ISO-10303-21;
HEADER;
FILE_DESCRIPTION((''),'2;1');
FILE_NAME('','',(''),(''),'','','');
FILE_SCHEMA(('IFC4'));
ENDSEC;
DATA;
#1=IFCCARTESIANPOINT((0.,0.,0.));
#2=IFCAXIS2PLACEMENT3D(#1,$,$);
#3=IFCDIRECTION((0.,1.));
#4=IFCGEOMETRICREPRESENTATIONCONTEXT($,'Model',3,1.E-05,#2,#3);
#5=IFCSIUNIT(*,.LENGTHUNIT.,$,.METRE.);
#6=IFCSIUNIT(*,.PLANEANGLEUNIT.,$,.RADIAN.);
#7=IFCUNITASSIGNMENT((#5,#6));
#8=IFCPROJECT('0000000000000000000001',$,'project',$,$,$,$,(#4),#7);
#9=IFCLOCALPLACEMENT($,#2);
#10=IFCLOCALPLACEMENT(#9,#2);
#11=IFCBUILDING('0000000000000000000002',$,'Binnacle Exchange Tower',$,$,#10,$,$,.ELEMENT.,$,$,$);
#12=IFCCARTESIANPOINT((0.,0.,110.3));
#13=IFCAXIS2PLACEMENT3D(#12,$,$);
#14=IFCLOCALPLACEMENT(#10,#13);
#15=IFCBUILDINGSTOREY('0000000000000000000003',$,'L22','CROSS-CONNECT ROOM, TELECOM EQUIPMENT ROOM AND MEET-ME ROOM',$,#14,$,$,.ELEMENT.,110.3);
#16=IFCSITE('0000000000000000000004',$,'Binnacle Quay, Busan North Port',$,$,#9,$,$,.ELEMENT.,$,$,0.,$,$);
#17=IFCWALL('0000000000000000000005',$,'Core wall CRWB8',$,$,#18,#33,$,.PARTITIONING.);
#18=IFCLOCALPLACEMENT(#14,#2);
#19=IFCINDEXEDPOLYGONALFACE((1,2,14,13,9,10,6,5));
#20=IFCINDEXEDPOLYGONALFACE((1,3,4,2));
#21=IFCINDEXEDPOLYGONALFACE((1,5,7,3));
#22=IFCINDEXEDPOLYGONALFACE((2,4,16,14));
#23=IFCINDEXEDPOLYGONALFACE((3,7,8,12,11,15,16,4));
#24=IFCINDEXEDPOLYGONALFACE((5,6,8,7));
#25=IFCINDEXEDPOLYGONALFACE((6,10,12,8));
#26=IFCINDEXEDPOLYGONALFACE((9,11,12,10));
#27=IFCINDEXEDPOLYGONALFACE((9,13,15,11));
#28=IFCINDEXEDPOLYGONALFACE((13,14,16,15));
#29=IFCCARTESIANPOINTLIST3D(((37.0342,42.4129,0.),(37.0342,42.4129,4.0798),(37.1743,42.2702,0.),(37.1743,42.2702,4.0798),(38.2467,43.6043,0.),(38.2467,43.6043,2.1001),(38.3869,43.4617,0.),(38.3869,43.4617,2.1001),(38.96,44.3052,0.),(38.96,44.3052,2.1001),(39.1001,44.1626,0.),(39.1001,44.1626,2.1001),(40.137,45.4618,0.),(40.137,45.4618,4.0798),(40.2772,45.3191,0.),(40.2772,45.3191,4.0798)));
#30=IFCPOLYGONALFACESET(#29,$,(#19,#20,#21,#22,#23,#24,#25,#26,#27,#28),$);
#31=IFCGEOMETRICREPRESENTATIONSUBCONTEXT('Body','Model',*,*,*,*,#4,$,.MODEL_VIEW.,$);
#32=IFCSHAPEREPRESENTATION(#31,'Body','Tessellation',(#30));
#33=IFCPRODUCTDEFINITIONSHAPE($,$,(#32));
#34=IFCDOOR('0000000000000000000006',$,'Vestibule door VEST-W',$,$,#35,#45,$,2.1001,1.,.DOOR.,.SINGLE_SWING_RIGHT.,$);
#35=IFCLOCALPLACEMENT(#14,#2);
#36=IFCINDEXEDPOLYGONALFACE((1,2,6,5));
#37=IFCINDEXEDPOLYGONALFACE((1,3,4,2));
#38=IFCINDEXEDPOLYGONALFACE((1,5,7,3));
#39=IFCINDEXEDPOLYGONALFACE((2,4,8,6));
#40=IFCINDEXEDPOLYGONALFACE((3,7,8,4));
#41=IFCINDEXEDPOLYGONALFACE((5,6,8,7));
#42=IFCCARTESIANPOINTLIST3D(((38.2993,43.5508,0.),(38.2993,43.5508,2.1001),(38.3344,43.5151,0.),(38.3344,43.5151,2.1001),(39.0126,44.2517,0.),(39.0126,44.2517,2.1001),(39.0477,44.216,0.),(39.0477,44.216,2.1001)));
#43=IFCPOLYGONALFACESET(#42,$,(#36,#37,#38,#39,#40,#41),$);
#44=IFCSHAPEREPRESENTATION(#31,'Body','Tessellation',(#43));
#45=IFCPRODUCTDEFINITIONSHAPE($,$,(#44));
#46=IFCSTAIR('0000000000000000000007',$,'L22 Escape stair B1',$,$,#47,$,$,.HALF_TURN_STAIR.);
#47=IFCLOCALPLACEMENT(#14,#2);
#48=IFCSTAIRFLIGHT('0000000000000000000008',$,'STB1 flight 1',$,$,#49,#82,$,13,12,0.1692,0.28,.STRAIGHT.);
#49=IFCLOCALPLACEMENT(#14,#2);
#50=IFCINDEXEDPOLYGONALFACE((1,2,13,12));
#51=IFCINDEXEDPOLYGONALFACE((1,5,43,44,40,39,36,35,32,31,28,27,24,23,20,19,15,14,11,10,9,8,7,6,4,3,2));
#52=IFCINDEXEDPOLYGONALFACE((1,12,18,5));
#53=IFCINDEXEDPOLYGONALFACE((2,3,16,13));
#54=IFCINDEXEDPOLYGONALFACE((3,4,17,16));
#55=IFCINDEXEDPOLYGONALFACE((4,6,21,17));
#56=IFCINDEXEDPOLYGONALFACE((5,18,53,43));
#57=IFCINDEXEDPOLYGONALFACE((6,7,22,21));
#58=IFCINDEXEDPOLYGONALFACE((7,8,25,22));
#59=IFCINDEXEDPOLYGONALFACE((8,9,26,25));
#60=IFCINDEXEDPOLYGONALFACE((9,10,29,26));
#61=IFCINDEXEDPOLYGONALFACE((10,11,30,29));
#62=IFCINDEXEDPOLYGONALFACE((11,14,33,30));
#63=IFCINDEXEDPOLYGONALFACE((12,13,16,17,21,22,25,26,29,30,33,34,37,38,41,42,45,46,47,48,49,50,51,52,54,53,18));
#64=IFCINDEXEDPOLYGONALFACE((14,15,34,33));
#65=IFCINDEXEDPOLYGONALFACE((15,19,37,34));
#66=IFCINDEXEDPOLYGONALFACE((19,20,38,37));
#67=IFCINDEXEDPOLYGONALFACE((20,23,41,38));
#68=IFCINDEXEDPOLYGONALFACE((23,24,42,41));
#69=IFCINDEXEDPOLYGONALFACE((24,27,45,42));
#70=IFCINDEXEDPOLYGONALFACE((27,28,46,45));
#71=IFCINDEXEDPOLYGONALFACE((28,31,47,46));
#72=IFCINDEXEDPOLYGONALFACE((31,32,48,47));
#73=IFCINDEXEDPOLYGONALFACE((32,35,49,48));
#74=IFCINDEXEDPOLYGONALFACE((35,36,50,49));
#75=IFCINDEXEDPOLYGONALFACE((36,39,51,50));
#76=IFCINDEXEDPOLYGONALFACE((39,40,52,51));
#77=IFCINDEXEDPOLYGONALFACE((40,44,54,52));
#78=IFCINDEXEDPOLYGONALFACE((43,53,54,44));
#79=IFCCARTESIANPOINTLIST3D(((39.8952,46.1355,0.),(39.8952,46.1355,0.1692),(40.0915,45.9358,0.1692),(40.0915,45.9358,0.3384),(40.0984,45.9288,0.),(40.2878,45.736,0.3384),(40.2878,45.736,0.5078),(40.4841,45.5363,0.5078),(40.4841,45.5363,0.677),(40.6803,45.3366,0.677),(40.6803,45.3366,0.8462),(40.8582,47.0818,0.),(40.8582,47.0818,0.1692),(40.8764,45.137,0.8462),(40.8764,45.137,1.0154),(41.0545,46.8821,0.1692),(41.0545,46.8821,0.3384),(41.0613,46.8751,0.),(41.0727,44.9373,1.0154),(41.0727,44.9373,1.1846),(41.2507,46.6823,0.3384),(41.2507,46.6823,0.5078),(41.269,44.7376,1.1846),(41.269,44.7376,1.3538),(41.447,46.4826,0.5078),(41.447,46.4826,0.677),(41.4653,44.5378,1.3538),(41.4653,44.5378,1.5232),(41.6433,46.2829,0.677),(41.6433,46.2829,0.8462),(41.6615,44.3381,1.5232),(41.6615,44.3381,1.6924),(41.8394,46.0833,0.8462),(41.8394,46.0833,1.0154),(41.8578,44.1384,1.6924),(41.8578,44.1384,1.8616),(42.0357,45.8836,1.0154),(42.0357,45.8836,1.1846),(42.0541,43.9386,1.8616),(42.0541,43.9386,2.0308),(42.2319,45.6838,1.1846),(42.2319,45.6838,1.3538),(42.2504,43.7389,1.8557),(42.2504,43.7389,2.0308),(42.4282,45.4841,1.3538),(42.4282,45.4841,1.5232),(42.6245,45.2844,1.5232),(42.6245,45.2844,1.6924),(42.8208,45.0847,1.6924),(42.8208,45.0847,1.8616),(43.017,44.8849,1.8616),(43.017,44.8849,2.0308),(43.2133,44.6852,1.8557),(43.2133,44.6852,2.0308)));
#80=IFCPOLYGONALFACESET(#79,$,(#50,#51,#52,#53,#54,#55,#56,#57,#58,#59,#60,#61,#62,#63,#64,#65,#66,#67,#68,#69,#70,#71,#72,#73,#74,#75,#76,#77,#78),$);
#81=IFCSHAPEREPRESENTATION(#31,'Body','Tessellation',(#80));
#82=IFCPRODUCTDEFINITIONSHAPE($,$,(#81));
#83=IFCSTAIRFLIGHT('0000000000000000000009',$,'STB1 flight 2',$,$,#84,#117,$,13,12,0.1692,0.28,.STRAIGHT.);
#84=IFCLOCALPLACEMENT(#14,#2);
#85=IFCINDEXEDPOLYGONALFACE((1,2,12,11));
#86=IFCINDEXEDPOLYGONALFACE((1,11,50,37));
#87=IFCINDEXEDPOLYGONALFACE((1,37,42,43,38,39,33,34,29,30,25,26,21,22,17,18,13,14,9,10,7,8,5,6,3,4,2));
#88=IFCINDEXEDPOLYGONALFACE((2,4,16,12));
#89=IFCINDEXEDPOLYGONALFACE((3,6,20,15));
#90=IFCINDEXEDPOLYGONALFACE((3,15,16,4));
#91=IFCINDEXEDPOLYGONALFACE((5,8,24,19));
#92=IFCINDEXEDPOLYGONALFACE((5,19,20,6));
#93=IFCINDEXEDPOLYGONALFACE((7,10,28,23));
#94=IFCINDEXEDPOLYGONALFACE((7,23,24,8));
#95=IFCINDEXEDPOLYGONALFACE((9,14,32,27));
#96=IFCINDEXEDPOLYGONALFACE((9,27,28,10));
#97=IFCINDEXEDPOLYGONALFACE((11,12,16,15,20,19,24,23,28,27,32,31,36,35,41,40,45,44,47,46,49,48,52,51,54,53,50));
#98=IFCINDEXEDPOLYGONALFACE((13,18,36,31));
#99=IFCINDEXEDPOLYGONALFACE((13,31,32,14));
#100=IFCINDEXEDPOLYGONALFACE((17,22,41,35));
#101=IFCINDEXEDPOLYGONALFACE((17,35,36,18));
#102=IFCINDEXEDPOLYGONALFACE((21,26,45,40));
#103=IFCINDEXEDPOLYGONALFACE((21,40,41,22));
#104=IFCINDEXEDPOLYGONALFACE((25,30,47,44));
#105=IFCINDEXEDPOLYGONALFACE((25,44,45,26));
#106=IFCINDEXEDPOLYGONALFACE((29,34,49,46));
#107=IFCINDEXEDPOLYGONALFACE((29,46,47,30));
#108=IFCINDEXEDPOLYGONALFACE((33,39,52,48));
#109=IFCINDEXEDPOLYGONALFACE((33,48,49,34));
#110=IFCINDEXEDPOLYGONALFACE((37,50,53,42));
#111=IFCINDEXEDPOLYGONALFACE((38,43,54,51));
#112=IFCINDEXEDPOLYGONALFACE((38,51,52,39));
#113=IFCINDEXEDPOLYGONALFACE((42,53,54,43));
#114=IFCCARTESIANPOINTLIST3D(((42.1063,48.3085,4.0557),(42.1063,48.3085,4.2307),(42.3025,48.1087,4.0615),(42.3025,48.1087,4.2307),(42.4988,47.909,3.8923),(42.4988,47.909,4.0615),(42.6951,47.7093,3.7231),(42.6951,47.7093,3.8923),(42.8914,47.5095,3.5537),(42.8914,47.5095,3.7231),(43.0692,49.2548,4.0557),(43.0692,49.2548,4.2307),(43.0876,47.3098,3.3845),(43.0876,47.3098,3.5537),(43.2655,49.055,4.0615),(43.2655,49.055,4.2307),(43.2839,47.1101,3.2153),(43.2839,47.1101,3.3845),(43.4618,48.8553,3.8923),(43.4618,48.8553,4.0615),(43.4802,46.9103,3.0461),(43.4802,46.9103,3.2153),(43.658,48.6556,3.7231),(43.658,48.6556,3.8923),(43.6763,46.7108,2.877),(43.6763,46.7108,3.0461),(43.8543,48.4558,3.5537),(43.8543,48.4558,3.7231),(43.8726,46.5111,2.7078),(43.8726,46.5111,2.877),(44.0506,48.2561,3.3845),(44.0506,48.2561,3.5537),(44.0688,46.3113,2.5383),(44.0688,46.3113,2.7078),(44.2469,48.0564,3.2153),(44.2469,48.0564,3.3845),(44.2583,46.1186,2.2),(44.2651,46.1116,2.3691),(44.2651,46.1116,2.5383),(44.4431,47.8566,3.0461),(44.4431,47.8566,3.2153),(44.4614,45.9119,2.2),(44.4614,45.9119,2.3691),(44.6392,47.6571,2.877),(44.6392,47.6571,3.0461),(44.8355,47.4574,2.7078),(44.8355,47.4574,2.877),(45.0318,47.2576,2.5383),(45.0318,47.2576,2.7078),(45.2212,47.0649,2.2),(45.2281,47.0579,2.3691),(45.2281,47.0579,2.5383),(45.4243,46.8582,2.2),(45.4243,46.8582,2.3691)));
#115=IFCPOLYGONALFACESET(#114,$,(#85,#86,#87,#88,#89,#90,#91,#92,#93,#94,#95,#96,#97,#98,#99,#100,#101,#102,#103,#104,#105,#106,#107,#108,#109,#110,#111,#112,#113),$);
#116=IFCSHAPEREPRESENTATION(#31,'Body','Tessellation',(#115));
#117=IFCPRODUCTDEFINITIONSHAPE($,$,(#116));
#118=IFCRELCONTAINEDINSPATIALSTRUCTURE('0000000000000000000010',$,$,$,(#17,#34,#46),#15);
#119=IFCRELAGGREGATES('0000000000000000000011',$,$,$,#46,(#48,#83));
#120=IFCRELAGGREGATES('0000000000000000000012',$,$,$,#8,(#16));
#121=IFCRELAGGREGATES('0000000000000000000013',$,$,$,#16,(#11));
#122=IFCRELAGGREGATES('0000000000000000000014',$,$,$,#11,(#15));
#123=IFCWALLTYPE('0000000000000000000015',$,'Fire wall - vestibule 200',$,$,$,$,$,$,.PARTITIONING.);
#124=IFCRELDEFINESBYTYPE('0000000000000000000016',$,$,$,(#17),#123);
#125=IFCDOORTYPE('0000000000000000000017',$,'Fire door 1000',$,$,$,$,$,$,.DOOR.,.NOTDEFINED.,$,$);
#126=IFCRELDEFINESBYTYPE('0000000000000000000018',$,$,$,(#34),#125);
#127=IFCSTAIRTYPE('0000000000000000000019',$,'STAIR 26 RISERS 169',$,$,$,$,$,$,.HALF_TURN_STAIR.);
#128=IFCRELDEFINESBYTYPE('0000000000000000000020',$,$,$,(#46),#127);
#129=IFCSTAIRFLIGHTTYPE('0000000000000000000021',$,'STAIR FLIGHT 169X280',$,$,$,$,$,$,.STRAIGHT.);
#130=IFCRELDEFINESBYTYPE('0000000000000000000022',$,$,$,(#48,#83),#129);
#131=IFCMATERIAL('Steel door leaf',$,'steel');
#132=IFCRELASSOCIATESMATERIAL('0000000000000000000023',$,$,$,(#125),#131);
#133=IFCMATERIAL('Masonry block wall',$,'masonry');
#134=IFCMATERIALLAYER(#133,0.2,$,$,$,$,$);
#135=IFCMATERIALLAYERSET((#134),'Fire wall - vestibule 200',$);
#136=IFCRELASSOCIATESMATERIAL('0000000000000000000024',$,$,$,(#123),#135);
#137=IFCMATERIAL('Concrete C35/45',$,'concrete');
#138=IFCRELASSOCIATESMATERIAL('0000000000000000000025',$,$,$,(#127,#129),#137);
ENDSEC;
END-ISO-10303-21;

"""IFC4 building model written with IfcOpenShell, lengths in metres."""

from ifc_helpers import new_model, si_unit, direction, frame, frame_2d, origin, place, context, subcontext, project, spatial, polyline, rectangle, outline, extrude, material, layer, layer_set, type_object, element, fill, aggregate, save


model = new_model("IFC4")

# Units and contexts
model_context = context("Model", 3, precision=1e-05, world=origin(), true_north=direction((0.0, 1.0)))
body_context = subcontext(model_context, "Body", "Model", "MODEL_VIEW")
ifc_project = project(units=[si_unit("LENGTHUNIT", "METRE"), si_unit("PLANEANGLEUNIT", "RADIAN")], contexts=[model_context])

# Site, building, storey
site_placement = place(None, origin())
site = spatial("IfcSite", under=ifc_project, at=site_placement, Name="Binnacle Quay, Busan North Port", CompositionType="ELEMENT", RefElevation=0.0)
building_placement = place(site_placement, origin())
building = spatial("IfcBuilding", under=site, at=building_placement, Name="Binnacle Exchange Tower", CompositionType="ELEMENT")
storey_placement = place(building_placement, frame((0.0, 0.0, 110.3)))
storey = spatial("IfcBuildingStorey", under=building, at=storey_placement, Name="L22", Description="CROSS-CONNECT ROOM, TELECOM EQUIPMENT ROOM AND MEET-ME ROOM", CompositionType="ELEMENT", Elevation=110.3)

# Shared definitions
ifc_material_1 = material(Name="Steel door leaf", Category="steel")
door_type = type_object("IfcDoorType", Name="Fire door 1000", OperationType="NOTDEFINED", PredefinedType="DOOR", material=ifc_material_1)

# Wall, opening, door
ifc_material_2 = material(Name="Masonry block wall", Category="masonry")
ifc_layer_1 = layer(ifc_material_2, 0.2)
ifc_layer_set_1 = layer_set([ifc_layer_1], Name="Fire wall - vestibule 200")
wall_type_1 = type_object("IfcWallType", Name="Fire wall - vestibule 200", PredefinedType="PARTITIONING", material=ifc_layer_set_1)
wall_1_placement = place(storey_placement, frame((37.1042, 42.3416, 0.0), z_axis=(0.0, 0.0, 1.0), x_axis=(0.713281, 0.700878, 0.0)))
wall_1 = element("IfcWall", 1, at=wall_1_placement, inside=storey, type_object=wall_type_1, Name="Core wall CRWB8", PredefinedType="PARTITIONING", context=body_context, shape_type="SweptSolid", body=[
    extrude(rectangle(XDim=4.3501, YDim=0.2, at=frame_2d((2.175, 0.0))), origin(), (0.0, 0.0, 1.0), 4.0798),
])
opening_1_placement = place(wall_1_placement, frame((1.7, 0.0, 0.0)))
opening_1 = element("IfcOpeningElement", 2, at=opening_1_placement, cuts=wall_1, PredefinedType="OPENING", context=body_context, shape_type="SweptSolid", body=[
    extrude(rectangle(XDim=1.0, YDim=2.1001, at=frame_2d((0.5, 1.05))), frame((0.0, 0.1099, 0.0), z_axis=(0.0, -1.0, 0.0), x_axis=(1.0, 0.0, 0.0)), (0.0, 0.0, 1.0), 0.22),
])
door_1_placement = place(opening_1_placement, origin())
door_1 = element("IfcDoor", 3, at=door_1_placement, inside=storey, type_object=door_type, Name="Vestibule door VEST-W", OperationType="SINGLE_SWING_RIGHT", OverallHeight=2.1001, OverallWidth=1.0, PredefinedType="DOOR", context=body_context, shape_type="SweptSolid", body=[
    extrude(rectangle(XDim=1.0, YDim=2.1001, at=frame_2d((0.5, 1.05))), frame((0.0, 0.0249, 0.0), z_axis=(0.0, -1.0, 0.0), x_axis=(1.0, 0.0, 0.0)), (0.0, 0.0, 1.0), 0.05),
])
fill(opening_1, door_1)

# Stair, stair flights
ifc_material_3 = material(Name="Concrete C35/45", Category="concrete")
stair_type = type_object("IfcStairType", Name="STAIR 26 RISERS 169", PredefinedType="HALF_TURN_STAIR", material=ifc_material_3)
stair_placement = place(storey_placement, origin())
stair = element("IfcStair", 4, at=stair_placement, inside=storey, type_object=stair_type, Name="L22 Escape stair B1", PredefinedType="HALF_TURN_STAIR")
stair_flight_type = type_object("IfcStairFlightType", Name="STAIR FLIGHT 169X280", PredefinedType="STRAIGHT", material=ifc_material_3)
stair_flight_1_placement = place(storey_placement, frame((40.3767, 46.6086, 0.0), z_axis=(0.0, 0.0, 1.0), x_axis=(0.700909, -0.71325, 0.0)))
stair_flight_1 = element("IfcStairFlight", 5, at=stair_flight_1_placement, type_object=stair_flight_type, Name="STB1 flight 1", NumberOfRisers=13, NumberOfTreads=12, PredefinedType="STRAIGHT", RiserHeight=0.1692, TreadLength=0.28, context=body_context, shape_type="SweptSolid", body=[
    extrude(outline(polyline([(0.0, 0.0), (0.0, 0.1692), (0.28, 0.1692), (0.28, 0.3384), (0.5601, 0.3384), (0.5601, 0.5078), (0.8401, 0.5078), (0.8401, 0.677), (1.1201, 0.677), (1.1201, 0.8462), (1.3999, 0.8462), (1.3999, 1.0154), (1.6799, 1.0154), (1.6799, 1.1846), (1.96, 1.1846), (1.96, 1.3538), (2.24, 1.3538), (2.24, 1.5232), (2.52, 1.5232), (2.52, 1.6924), (2.8, 1.6924), (2.8, 1.8616), (3.0801, 1.8616), (3.0801, 2.0308), (3.3601, 2.0308), (3.3601, 2.2), (3.3601, 1.8557), (0.2898, 0.0), (0.0, 0.0)])), frame((0.0, 0.675, 0.0), z_axis=(0.0, -1.0, 0.0), x_axis=(1.0, 0.0, 0.0)), (0.0, 0.0, 1.0), 1.3501),
])
stair_flight_2_placement = place(storey_placement, frame((44.9429, 46.385, 2.2), z_axis=(0.0, 0.0, 1.0), x_axis=(-0.700909, 0.71325, 0.0)))
stair_flight_2 = element("IfcStairFlight", 6, at=stair_flight_2_placement, type_object=stair_flight_type, Name="STB1 flight 2", NumberOfRisers=13, NumberOfTreads=12, PredefinedType="STRAIGHT", RiserHeight=0.1692, TreadLength=0.28, context=body_context, shape_type="SweptSolid", body=[
    extrude(outline(polyline([(0.0, 0.0), (0.0, 0.1692), (0.28, 0.1692), (0.28, 0.3384), (0.5601, 0.3384), (0.5601, 0.5078), (0.8401, 0.5078), (0.8401, 0.677), (1.1201, 0.677), (1.1201, 0.8462), (1.3999, 0.8462), (1.3999, 1.0154), (1.6799, 1.0154), (1.6799, 1.1846), (1.96, 1.1846), (1.96, 1.3538), (2.24, 1.3538), (2.24, 1.5232), (2.52, 1.5232), (2.52, 1.6924), (2.8, 1.6924), (2.8, 1.8616), (3.0801, 1.8616), (3.0801, 2.0308), (3.3601, 2.0308), (3.3601, 2.2), (3.3601, 1.8557), (0.2898, 0.0), (0.0, 0.0)])), frame((0.0, 0.675, 0.0), z_axis=(0.0, -1.0, 0.0), x_axis=(1.0, 0.0, 0.0)), (0.0, 0.0, 1.0), 1.3501),
])
aggregate(stair, [stair_flight_1, stair_flight_2])

save(model, "model.ifc")
